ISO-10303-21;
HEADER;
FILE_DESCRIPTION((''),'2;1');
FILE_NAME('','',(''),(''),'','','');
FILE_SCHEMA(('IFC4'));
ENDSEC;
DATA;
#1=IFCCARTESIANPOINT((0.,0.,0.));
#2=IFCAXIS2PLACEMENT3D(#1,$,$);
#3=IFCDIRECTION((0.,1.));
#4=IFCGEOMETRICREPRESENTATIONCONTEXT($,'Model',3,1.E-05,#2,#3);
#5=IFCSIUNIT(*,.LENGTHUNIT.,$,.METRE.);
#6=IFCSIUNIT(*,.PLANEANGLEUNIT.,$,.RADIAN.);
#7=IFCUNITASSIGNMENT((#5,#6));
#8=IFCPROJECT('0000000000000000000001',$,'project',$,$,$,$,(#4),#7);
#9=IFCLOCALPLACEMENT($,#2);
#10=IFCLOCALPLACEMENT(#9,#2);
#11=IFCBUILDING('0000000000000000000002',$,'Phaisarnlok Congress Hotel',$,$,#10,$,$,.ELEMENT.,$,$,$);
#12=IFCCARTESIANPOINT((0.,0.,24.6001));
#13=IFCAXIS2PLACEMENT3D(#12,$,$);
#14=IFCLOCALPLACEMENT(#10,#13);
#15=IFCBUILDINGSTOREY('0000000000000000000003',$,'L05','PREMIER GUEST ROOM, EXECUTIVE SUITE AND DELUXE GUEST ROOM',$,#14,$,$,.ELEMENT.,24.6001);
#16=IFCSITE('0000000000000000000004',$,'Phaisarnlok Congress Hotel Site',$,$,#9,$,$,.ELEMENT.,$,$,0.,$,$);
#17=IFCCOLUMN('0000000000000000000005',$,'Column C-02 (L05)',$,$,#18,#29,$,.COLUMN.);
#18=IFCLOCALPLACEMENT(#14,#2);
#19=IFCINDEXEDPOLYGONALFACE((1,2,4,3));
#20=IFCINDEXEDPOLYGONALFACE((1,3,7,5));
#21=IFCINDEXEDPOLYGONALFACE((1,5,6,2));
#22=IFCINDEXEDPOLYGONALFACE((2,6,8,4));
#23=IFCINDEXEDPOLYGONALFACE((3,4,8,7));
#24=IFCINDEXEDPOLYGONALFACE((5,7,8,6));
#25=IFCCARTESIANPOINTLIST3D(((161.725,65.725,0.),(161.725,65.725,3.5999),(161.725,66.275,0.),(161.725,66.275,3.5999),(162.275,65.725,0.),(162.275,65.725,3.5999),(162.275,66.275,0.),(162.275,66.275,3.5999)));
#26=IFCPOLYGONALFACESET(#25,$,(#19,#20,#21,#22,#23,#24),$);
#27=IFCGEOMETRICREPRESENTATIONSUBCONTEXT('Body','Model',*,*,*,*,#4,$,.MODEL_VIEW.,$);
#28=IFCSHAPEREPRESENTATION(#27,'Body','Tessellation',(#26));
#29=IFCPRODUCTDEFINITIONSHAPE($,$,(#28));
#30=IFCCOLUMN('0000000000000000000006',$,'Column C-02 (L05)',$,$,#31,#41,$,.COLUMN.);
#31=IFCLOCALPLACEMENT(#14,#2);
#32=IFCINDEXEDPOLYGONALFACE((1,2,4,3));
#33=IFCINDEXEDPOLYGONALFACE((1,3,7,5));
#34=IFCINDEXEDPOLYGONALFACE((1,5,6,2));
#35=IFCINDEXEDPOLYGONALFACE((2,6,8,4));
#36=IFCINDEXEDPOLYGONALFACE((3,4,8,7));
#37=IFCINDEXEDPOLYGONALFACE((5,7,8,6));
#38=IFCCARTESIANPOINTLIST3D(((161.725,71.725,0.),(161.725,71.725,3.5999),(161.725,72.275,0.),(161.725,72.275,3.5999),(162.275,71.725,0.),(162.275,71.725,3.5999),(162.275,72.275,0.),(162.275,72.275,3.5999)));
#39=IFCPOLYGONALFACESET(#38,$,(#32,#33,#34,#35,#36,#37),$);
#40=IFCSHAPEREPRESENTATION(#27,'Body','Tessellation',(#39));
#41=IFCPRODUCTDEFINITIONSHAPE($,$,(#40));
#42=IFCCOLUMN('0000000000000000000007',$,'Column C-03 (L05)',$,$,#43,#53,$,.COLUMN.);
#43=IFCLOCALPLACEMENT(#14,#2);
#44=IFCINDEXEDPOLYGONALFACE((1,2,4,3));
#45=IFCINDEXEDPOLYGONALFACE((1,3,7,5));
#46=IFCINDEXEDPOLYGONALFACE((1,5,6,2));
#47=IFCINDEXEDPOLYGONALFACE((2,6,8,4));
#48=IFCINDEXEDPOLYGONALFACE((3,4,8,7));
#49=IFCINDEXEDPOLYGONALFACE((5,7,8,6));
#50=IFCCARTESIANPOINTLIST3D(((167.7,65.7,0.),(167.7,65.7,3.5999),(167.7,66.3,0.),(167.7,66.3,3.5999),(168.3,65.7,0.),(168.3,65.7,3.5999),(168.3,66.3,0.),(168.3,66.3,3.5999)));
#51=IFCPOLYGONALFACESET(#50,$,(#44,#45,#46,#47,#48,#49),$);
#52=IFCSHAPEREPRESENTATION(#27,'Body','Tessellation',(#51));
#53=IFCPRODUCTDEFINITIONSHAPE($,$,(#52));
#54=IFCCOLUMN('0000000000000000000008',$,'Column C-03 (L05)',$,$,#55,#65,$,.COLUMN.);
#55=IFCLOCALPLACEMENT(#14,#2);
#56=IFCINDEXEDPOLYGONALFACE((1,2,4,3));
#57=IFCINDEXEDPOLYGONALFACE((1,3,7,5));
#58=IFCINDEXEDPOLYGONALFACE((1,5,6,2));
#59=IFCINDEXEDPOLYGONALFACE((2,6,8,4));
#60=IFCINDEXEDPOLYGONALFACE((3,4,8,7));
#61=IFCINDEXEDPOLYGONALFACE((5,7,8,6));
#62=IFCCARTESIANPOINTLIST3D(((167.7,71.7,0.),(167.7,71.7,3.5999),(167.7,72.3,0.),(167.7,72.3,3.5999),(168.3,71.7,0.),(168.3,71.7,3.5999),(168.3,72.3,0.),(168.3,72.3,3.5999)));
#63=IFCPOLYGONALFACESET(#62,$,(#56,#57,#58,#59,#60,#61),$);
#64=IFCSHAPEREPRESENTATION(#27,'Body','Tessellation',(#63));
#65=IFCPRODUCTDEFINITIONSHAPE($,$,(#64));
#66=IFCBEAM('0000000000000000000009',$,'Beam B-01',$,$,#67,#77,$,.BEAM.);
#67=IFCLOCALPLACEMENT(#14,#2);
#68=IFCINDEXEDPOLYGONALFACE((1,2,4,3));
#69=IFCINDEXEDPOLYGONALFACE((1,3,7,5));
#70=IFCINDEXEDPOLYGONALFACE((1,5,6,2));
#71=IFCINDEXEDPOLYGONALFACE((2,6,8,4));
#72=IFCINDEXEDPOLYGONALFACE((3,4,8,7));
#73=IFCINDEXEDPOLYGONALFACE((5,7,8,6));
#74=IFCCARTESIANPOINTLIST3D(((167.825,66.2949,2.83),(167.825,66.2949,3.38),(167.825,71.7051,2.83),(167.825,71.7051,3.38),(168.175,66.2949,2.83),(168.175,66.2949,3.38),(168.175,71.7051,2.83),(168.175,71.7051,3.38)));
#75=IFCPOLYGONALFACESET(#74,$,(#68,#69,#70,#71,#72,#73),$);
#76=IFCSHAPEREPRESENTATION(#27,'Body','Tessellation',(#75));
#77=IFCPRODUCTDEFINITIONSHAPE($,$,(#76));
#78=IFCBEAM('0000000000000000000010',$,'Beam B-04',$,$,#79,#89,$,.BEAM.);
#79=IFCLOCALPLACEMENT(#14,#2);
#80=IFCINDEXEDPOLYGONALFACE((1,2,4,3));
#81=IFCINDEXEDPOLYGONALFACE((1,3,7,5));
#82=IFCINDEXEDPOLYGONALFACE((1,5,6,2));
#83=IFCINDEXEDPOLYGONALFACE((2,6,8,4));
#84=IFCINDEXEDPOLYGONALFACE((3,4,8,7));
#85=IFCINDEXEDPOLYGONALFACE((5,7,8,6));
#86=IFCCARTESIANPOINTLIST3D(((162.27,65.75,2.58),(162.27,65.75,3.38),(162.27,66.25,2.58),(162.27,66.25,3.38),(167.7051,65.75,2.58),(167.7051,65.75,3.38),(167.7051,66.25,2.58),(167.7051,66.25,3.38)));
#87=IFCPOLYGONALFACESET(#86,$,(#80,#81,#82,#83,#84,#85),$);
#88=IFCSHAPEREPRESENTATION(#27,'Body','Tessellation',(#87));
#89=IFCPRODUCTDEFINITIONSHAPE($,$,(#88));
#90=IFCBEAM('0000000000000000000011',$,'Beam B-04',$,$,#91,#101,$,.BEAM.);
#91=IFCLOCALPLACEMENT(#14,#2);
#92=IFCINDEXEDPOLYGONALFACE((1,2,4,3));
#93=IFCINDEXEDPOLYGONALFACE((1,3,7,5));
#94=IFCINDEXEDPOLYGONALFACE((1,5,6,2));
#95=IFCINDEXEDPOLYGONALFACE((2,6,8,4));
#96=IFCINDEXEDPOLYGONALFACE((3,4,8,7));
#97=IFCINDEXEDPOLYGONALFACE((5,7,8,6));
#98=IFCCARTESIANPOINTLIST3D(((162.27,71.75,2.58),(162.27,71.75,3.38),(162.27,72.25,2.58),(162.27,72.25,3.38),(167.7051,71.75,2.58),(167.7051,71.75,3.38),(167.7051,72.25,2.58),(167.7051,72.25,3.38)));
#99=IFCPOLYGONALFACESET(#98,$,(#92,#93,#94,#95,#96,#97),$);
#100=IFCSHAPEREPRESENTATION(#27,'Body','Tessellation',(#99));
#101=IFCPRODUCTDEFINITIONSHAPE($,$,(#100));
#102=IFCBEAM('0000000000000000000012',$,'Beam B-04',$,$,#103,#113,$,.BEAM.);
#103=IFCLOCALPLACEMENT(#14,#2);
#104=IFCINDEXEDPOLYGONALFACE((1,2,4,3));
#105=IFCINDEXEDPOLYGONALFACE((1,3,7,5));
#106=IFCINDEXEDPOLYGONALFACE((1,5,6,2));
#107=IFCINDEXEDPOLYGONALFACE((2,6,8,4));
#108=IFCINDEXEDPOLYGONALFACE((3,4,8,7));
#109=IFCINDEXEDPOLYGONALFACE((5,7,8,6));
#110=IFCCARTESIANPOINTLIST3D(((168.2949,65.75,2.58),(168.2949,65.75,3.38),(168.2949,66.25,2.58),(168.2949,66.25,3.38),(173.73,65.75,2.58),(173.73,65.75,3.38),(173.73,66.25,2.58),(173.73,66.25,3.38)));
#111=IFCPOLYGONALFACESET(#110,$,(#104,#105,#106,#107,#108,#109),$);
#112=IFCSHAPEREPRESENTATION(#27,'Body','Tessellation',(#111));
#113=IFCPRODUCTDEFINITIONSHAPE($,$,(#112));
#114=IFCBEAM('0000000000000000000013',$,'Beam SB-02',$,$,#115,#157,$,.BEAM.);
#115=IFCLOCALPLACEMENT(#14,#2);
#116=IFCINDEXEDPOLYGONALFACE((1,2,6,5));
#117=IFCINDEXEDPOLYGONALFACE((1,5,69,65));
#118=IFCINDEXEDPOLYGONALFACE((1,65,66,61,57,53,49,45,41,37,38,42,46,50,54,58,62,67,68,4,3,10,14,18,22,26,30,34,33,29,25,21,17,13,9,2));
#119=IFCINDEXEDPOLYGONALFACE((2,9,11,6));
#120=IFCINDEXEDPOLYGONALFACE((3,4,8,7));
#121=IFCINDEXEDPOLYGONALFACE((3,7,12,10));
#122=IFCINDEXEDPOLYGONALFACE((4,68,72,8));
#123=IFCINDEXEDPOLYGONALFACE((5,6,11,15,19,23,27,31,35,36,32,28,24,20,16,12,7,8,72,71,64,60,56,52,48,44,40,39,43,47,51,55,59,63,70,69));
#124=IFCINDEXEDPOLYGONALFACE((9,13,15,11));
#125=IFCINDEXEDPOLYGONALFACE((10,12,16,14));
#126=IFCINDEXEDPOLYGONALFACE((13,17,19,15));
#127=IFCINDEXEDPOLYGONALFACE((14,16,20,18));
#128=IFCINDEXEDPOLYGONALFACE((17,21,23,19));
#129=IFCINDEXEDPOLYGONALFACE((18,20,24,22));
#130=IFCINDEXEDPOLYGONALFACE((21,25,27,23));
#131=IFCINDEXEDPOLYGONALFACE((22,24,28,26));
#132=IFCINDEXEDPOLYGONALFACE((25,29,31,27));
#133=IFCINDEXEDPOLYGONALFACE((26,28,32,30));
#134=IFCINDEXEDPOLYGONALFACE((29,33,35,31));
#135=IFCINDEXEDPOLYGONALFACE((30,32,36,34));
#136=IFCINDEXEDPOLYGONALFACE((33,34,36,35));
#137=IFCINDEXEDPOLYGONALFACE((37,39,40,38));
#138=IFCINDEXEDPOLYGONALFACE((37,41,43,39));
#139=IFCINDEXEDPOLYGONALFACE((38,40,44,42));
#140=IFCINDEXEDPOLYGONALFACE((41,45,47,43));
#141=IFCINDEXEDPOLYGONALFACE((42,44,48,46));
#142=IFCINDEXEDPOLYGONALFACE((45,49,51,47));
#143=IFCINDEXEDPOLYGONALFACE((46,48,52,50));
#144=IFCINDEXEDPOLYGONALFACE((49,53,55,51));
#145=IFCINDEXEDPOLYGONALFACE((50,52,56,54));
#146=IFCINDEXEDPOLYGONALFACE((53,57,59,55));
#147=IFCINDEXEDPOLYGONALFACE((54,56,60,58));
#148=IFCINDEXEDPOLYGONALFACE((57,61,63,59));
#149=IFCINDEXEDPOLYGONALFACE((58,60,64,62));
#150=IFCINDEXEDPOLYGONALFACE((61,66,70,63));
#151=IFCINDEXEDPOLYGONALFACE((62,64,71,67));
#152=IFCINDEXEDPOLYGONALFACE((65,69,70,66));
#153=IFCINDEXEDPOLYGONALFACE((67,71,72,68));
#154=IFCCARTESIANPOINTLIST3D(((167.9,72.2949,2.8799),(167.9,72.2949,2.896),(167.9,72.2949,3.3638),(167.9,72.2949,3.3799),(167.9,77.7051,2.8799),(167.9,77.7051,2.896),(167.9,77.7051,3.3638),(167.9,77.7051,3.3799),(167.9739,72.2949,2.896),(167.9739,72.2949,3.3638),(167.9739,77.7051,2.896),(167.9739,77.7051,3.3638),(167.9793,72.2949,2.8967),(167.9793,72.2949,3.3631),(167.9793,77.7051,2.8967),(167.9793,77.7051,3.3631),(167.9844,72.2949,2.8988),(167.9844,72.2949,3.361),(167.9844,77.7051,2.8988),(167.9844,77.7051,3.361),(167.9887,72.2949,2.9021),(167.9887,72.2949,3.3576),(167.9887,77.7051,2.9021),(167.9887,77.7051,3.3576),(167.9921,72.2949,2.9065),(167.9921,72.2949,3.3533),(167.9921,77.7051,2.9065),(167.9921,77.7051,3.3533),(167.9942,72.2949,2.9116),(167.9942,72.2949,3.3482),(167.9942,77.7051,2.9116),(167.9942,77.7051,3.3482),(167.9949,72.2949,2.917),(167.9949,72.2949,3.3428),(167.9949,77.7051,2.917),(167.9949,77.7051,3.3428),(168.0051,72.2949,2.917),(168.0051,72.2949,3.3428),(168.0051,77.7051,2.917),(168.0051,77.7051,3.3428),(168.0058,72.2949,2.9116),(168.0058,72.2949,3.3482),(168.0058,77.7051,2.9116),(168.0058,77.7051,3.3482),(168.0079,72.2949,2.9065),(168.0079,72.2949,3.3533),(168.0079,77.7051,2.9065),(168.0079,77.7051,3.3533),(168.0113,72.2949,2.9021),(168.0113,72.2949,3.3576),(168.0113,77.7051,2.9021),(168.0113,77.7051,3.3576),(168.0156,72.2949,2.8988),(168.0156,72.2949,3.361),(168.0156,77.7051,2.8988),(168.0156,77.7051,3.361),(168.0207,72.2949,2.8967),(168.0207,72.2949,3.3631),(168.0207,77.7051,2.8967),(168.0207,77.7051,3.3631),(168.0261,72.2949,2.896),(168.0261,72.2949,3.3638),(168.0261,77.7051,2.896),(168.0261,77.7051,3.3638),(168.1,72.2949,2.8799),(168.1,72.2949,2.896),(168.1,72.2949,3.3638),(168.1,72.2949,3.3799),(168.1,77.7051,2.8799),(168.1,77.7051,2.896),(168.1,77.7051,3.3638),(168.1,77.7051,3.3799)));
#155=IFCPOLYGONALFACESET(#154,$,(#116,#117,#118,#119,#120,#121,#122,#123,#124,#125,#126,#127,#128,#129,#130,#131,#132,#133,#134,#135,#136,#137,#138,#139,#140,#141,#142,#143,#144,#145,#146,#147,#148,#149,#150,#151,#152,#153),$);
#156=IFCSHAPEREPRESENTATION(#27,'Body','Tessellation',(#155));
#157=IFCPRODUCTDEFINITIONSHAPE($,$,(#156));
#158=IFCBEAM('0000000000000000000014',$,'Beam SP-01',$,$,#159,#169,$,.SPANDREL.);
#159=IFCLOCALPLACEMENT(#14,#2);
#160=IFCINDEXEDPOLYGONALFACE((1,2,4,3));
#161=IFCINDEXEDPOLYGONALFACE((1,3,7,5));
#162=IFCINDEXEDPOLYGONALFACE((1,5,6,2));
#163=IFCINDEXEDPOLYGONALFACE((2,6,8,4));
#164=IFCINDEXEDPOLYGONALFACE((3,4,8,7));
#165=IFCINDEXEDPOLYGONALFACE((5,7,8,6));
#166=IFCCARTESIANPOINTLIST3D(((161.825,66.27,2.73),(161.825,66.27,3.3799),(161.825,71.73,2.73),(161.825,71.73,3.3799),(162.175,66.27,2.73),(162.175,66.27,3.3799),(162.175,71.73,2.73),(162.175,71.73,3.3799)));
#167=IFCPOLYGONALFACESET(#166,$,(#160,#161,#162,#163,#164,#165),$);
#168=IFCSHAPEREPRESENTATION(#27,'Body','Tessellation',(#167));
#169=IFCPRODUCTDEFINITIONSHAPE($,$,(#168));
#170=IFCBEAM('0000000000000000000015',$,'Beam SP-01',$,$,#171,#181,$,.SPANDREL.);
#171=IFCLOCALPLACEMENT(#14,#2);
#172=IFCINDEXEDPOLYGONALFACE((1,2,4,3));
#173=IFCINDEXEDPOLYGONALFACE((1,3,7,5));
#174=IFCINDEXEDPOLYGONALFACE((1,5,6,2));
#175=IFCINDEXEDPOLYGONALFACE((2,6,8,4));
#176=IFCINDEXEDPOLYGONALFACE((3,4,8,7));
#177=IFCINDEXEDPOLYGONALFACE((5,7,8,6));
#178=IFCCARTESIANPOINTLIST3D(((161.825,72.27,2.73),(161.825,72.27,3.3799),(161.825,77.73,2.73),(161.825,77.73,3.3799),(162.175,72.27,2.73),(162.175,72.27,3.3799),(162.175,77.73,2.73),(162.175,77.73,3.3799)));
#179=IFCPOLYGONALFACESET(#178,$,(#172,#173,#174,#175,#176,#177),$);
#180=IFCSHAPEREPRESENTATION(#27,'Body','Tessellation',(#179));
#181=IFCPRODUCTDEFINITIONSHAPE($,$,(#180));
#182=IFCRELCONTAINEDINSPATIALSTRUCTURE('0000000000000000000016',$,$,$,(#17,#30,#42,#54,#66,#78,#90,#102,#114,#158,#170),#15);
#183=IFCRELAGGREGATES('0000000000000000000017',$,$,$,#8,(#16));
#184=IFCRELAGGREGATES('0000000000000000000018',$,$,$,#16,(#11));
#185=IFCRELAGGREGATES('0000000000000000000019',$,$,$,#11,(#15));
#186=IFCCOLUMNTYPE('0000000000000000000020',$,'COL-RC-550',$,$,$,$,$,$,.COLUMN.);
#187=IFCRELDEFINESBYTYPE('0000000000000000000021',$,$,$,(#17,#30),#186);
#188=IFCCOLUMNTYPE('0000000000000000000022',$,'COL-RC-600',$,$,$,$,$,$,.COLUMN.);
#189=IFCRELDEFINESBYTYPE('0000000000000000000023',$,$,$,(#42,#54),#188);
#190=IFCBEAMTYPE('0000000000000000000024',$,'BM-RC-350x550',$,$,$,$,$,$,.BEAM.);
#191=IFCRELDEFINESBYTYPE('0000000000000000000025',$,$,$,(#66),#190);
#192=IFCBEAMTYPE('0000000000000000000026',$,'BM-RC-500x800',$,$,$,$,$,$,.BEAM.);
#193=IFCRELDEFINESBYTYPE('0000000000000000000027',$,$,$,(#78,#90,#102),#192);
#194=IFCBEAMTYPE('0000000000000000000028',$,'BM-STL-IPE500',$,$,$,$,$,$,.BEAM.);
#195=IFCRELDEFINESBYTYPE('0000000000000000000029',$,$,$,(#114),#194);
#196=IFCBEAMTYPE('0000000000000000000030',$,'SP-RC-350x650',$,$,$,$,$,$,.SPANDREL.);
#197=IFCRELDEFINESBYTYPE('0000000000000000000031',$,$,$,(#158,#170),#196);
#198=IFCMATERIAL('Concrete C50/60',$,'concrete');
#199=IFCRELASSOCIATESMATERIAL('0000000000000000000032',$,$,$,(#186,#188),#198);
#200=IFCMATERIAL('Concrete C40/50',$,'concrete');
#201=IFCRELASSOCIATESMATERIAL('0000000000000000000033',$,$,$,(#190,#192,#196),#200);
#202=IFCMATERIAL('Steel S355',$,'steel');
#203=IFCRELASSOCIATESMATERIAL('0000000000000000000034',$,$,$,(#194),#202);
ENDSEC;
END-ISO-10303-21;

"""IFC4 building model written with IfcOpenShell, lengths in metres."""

from ifc_helpers import new_model, si_unit, direction, frame, origin, origin_2d, place, context, subcontext, project, spatial, rectangle, i_section, extrude, material, material_profile, profile_set, type_object, element, save


model = new_model("IFC4")

# Units and contexts
model_context = context("Model", 3, precision=1e-05, world=origin(), true_north=direction((0.0, 1.0)))
body_context = subcontext(model_context, "Body", "Model", "MODEL_VIEW")
ifc_project = project(units=[si_unit("LENGTHUNIT", "METRE"), si_unit("PLANEANGLEUNIT", "RADIAN")], contexts=[model_context])

# Site, building, storey
site_placement = place(None, origin())
site = spatial("IfcSite", under=ifc_project, at=site_placement, Name="Phaisarnlok Congress Hotel Site", CompositionType="ELEMENT", RefElevation=0.0)
building_placement = place(site_placement, origin())
building = spatial("IfcBuilding", under=site, at=building_placement, Name="Phaisarnlok Congress Hotel", CompositionType="ELEMENT")
storey_placement = place(building_placement, frame((0.0, 0.0, 24.6001)))
storey = spatial("IfcBuildingStorey", under=building, at=storey_placement, Name="L05", Description="PREMIER GUEST ROOM, EXECUTIVE SUITE AND DELUXE GUEST ROOM", CompositionType="ELEMENT", Elevation=24.6001)

# Columns
ifc_material_1 = material(Name="Concrete C50/60", Category="concrete")
ifc_material_profile_1 = material_profile(ifc_material_1, rectangle(XDim=0.55, YDim=0.55, at=origin_2d()), Name="RC 550x550")
ifc_profile_set_1 = profile_set([ifc_material_profile_1], Name="Concrete C50/60")
column_type_1 = type_object("IfcColumnType", Name="COL-RC-550", PredefinedType="COLUMN", material=ifc_profile_set_1)
for number, where, z_axis, x_axis, name in (
    (1, (162.0, 66.0, 0.0), (0.0, 0.0, 1.0), (1.0, 0.0, 0.0), "Column C-02 (L05)"),
    (2, (162.0, 72.0, 0.0), (0.0, 0.0, 1.0), (1.0, 0.0, 0.0), "Column C-02 (L05)"),
):
    element("IfcColumn", number, at=place(storey_placement, frame(where, z_axis=z_axis, x_axis=x_axis)), inside=storey, type_object=column_type_1, Name=name, PredefinedType="COLUMN", context=body_context, shape_type="SweptSolid", body=[
        extrude(rectangle(XDim=0.55, YDim=0.55, at=origin_2d()), origin(), (0.0, 0.0, 1.0), 3.5999),
    ])
ifc_material_profile_2 = material_profile(ifc_material_1, rectangle(XDim=0.6001, YDim=0.6001, at=origin_2d()), Name="RC 600x600")
ifc_profile_set_2 = profile_set([ifc_material_profile_2], Name="Concrete C50/60")
column_type_2 = type_object("IfcColumnType", Name="COL-RC-600", PredefinedType="COLUMN", material=ifc_profile_set_2)
for number, where, z_axis, x_axis, name in (
    (3, (168.0, 66.0, 0.0), (0.0, 0.0, 1.0), (1.0, 0.0, 0.0), "Column C-03 (L05)"),
    (4, (168.0, 72.0, 0.0), (0.0, 0.0, 1.0), (1.0, 0.0, 0.0), "Column C-03 (L05)"),
):
    element("IfcColumn", number, at=place(storey_placement, frame(where, z_axis=z_axis, x_axis=x_axis)), inside=storey, type_object=column_type_2, Name=name, PredefinedType="COLUMN", context=body_context, shape_type="SweptSolid", body=[
        extrude(rectangle(XDim=0.6001, YDim=0.6001, at=origin_2d()), origin(), (0.0, 0.0, 1.0), 3.5999),
    ])

# Beams
ifc_material_2 = material(Name="Concrete C40/50", Category="concrete")
ifc_material_profile_3 = material_profile(ifc_material_2, rectangle(XDim=0.3501, YDim=0.55, at=origin_2d()), Name="RC 350x550")
ifc_profile_set_3 = profile_set([ifc_material_profile_3], Name="Concrete C40/50")
beam_type_1 = type_object("IfcBeamType", Name="BM-RC-350x550", PredefinedType="BEAM", material=ifc_profile_set_3)
beam_1_placement = place(storey_placement, frame((168.0, 66.2949, 3.105), z_axis=(0.0, 1.0, 0.0), x_axis=(-1.0, 0.0, 0.0)))
element("IfcBeam", 5, at=beam_1_placement, inside=storey, type_object=beam_type_1, Name="Beam B-01", PredefinedType="BEAM", context=body_context, shape_type="SweptSolid", body=[
    extrude(rectangle(XDim=0.3501, YDim=0.55, at=origin_2d()), origin(), (0.0, 0.0, 1.0), 5.4102),
])
ifc_material_profile_4 = material_profile(ifc_material_2, rectangle(XDim=0.5, YDim=0.8, at=origin_2d()), Name="RC 500x800")
ifc_profile_set_4 = profile_set([ifc_material_profile_4], Name="Concrete C40/50")
beam_type_2 = type_object("IfcBeamType", Name="BM-RC-500x800", PredefinedType="BEAM", material=ifc_profile_set_4)
for number, where, z_axis, x_axis, name in (
    (6, (162.27, 66.0, 2.98), (1.0, 0.0, 0.0), (0.0, 1.0, 0.0), "Beam B-04"),
    (7, (162.27, 72.0, 2.98), (1.0, 0.0, 0.0), (0.0, 1.0, 0.0), "Beam B-04"),
    (8, (168.2949, 66.0, 2.98), (1.0, 0.0, 0.0), (0.0, 1.0, 0.0), "Beam B-04"),
):
    element("IfcBeam", number, at=place(storey_placement, frame(where, z_axis=z_axis, x_axis=x_axis)), inside=storey, type_object=beam_type_2, Name=name, PredefinedType="BEAM", context=body_context, shape_type="SweptSolid", body=[
        extrude(rectangle(XDim=0.5, YDim=0.8, at=origin_2d()), origin(), (0.0, 0.0, 1.0), 5.4351),
    ])
ifc_material_3 = material(Name="Steel S355", Category="steel")
ifc_material_profile_5 = material_profile(ifc_material_3, i_section(OverallWidth=0.2, OverallDepth=0.5, WebThickness=0.0103, FlangeThickness=0.0161, FilletRadius=0.021, at=origin_2d()), Name="IPE 500")
ifc_profile_set_5 = profile_set([ifc_material_profile_5], Name="Steel S355")
beam_type_3 = type_object("IfcBeamType", Name="BM-STL-IPE500", PredefinedType="BEAM", material=ifc_profile_set_5)
beam_2_placement = place(storey_placement, frame((168.0, 72.2949, 3.1299), z_axis=(0.0, 1.0, 0.0), x_axis=(-1.0, 0.0, 0.0)))
element("IfcBeam", 9, at=beam_2_placement, inside=storey, type_object=beam_type_3, Name="Beam SB-02", PredefinedType="BEAM", context=body_context, shape_type="SweptSolid", body=[
    extrude(i_section(OverallWidth=0.2, OverallDepth=0.5, WebThickness=0.0103, FlangeThickness=0.0161, FilletRadius=0.021, at=origin_2d()), origin(), (0.0, 0.0, 1.0), 5.4102),
])
ifc_material_profile_6 = material_profile(ifc_material_2, rectangle(XDim=0.3501, YDim=0.6499, at=origin_2d()), Name="RC 350x650")
ifc_profile_set_6 = profile_set([ifc_material_profile_6], Name="Concrete C40/50")
beam_type_4 = type_object("IfcBeamType", Name="SP-RC-350x650", PredefinedType="SPANDREL", material=ifc_profile_set_6)
for number, where, z_axis, x_axis, name in (
    (10, (162.0, 66.27, 3.0549), (0.0, 1.0, 0.0), (-1.0, 0.0, 0.0), "Beam SP-01"),
    (11, (162.0, 72.27, 3.0549), (0.0, 1.0, 0.0), (-1.0, 0.0, 0.0), "Beam SP-01"),
):
    element("IfcBeam", number, at=place(storey_placement, frame(where, z_axis=z_axis, x_axis=x_axis)), inside=storey, type_object=beam_type_4, Name=name, PredefinedType="SPANDREL", context=body_context, shape_type="SweptSolid", body=[
        extrude(rectangle(XDim=0.3501, YDim=0.6499, at=origin_2d()), origin(), (0.0, 0.0, 1.0), 5.46),
    ])

save(model, "model.ifc")
